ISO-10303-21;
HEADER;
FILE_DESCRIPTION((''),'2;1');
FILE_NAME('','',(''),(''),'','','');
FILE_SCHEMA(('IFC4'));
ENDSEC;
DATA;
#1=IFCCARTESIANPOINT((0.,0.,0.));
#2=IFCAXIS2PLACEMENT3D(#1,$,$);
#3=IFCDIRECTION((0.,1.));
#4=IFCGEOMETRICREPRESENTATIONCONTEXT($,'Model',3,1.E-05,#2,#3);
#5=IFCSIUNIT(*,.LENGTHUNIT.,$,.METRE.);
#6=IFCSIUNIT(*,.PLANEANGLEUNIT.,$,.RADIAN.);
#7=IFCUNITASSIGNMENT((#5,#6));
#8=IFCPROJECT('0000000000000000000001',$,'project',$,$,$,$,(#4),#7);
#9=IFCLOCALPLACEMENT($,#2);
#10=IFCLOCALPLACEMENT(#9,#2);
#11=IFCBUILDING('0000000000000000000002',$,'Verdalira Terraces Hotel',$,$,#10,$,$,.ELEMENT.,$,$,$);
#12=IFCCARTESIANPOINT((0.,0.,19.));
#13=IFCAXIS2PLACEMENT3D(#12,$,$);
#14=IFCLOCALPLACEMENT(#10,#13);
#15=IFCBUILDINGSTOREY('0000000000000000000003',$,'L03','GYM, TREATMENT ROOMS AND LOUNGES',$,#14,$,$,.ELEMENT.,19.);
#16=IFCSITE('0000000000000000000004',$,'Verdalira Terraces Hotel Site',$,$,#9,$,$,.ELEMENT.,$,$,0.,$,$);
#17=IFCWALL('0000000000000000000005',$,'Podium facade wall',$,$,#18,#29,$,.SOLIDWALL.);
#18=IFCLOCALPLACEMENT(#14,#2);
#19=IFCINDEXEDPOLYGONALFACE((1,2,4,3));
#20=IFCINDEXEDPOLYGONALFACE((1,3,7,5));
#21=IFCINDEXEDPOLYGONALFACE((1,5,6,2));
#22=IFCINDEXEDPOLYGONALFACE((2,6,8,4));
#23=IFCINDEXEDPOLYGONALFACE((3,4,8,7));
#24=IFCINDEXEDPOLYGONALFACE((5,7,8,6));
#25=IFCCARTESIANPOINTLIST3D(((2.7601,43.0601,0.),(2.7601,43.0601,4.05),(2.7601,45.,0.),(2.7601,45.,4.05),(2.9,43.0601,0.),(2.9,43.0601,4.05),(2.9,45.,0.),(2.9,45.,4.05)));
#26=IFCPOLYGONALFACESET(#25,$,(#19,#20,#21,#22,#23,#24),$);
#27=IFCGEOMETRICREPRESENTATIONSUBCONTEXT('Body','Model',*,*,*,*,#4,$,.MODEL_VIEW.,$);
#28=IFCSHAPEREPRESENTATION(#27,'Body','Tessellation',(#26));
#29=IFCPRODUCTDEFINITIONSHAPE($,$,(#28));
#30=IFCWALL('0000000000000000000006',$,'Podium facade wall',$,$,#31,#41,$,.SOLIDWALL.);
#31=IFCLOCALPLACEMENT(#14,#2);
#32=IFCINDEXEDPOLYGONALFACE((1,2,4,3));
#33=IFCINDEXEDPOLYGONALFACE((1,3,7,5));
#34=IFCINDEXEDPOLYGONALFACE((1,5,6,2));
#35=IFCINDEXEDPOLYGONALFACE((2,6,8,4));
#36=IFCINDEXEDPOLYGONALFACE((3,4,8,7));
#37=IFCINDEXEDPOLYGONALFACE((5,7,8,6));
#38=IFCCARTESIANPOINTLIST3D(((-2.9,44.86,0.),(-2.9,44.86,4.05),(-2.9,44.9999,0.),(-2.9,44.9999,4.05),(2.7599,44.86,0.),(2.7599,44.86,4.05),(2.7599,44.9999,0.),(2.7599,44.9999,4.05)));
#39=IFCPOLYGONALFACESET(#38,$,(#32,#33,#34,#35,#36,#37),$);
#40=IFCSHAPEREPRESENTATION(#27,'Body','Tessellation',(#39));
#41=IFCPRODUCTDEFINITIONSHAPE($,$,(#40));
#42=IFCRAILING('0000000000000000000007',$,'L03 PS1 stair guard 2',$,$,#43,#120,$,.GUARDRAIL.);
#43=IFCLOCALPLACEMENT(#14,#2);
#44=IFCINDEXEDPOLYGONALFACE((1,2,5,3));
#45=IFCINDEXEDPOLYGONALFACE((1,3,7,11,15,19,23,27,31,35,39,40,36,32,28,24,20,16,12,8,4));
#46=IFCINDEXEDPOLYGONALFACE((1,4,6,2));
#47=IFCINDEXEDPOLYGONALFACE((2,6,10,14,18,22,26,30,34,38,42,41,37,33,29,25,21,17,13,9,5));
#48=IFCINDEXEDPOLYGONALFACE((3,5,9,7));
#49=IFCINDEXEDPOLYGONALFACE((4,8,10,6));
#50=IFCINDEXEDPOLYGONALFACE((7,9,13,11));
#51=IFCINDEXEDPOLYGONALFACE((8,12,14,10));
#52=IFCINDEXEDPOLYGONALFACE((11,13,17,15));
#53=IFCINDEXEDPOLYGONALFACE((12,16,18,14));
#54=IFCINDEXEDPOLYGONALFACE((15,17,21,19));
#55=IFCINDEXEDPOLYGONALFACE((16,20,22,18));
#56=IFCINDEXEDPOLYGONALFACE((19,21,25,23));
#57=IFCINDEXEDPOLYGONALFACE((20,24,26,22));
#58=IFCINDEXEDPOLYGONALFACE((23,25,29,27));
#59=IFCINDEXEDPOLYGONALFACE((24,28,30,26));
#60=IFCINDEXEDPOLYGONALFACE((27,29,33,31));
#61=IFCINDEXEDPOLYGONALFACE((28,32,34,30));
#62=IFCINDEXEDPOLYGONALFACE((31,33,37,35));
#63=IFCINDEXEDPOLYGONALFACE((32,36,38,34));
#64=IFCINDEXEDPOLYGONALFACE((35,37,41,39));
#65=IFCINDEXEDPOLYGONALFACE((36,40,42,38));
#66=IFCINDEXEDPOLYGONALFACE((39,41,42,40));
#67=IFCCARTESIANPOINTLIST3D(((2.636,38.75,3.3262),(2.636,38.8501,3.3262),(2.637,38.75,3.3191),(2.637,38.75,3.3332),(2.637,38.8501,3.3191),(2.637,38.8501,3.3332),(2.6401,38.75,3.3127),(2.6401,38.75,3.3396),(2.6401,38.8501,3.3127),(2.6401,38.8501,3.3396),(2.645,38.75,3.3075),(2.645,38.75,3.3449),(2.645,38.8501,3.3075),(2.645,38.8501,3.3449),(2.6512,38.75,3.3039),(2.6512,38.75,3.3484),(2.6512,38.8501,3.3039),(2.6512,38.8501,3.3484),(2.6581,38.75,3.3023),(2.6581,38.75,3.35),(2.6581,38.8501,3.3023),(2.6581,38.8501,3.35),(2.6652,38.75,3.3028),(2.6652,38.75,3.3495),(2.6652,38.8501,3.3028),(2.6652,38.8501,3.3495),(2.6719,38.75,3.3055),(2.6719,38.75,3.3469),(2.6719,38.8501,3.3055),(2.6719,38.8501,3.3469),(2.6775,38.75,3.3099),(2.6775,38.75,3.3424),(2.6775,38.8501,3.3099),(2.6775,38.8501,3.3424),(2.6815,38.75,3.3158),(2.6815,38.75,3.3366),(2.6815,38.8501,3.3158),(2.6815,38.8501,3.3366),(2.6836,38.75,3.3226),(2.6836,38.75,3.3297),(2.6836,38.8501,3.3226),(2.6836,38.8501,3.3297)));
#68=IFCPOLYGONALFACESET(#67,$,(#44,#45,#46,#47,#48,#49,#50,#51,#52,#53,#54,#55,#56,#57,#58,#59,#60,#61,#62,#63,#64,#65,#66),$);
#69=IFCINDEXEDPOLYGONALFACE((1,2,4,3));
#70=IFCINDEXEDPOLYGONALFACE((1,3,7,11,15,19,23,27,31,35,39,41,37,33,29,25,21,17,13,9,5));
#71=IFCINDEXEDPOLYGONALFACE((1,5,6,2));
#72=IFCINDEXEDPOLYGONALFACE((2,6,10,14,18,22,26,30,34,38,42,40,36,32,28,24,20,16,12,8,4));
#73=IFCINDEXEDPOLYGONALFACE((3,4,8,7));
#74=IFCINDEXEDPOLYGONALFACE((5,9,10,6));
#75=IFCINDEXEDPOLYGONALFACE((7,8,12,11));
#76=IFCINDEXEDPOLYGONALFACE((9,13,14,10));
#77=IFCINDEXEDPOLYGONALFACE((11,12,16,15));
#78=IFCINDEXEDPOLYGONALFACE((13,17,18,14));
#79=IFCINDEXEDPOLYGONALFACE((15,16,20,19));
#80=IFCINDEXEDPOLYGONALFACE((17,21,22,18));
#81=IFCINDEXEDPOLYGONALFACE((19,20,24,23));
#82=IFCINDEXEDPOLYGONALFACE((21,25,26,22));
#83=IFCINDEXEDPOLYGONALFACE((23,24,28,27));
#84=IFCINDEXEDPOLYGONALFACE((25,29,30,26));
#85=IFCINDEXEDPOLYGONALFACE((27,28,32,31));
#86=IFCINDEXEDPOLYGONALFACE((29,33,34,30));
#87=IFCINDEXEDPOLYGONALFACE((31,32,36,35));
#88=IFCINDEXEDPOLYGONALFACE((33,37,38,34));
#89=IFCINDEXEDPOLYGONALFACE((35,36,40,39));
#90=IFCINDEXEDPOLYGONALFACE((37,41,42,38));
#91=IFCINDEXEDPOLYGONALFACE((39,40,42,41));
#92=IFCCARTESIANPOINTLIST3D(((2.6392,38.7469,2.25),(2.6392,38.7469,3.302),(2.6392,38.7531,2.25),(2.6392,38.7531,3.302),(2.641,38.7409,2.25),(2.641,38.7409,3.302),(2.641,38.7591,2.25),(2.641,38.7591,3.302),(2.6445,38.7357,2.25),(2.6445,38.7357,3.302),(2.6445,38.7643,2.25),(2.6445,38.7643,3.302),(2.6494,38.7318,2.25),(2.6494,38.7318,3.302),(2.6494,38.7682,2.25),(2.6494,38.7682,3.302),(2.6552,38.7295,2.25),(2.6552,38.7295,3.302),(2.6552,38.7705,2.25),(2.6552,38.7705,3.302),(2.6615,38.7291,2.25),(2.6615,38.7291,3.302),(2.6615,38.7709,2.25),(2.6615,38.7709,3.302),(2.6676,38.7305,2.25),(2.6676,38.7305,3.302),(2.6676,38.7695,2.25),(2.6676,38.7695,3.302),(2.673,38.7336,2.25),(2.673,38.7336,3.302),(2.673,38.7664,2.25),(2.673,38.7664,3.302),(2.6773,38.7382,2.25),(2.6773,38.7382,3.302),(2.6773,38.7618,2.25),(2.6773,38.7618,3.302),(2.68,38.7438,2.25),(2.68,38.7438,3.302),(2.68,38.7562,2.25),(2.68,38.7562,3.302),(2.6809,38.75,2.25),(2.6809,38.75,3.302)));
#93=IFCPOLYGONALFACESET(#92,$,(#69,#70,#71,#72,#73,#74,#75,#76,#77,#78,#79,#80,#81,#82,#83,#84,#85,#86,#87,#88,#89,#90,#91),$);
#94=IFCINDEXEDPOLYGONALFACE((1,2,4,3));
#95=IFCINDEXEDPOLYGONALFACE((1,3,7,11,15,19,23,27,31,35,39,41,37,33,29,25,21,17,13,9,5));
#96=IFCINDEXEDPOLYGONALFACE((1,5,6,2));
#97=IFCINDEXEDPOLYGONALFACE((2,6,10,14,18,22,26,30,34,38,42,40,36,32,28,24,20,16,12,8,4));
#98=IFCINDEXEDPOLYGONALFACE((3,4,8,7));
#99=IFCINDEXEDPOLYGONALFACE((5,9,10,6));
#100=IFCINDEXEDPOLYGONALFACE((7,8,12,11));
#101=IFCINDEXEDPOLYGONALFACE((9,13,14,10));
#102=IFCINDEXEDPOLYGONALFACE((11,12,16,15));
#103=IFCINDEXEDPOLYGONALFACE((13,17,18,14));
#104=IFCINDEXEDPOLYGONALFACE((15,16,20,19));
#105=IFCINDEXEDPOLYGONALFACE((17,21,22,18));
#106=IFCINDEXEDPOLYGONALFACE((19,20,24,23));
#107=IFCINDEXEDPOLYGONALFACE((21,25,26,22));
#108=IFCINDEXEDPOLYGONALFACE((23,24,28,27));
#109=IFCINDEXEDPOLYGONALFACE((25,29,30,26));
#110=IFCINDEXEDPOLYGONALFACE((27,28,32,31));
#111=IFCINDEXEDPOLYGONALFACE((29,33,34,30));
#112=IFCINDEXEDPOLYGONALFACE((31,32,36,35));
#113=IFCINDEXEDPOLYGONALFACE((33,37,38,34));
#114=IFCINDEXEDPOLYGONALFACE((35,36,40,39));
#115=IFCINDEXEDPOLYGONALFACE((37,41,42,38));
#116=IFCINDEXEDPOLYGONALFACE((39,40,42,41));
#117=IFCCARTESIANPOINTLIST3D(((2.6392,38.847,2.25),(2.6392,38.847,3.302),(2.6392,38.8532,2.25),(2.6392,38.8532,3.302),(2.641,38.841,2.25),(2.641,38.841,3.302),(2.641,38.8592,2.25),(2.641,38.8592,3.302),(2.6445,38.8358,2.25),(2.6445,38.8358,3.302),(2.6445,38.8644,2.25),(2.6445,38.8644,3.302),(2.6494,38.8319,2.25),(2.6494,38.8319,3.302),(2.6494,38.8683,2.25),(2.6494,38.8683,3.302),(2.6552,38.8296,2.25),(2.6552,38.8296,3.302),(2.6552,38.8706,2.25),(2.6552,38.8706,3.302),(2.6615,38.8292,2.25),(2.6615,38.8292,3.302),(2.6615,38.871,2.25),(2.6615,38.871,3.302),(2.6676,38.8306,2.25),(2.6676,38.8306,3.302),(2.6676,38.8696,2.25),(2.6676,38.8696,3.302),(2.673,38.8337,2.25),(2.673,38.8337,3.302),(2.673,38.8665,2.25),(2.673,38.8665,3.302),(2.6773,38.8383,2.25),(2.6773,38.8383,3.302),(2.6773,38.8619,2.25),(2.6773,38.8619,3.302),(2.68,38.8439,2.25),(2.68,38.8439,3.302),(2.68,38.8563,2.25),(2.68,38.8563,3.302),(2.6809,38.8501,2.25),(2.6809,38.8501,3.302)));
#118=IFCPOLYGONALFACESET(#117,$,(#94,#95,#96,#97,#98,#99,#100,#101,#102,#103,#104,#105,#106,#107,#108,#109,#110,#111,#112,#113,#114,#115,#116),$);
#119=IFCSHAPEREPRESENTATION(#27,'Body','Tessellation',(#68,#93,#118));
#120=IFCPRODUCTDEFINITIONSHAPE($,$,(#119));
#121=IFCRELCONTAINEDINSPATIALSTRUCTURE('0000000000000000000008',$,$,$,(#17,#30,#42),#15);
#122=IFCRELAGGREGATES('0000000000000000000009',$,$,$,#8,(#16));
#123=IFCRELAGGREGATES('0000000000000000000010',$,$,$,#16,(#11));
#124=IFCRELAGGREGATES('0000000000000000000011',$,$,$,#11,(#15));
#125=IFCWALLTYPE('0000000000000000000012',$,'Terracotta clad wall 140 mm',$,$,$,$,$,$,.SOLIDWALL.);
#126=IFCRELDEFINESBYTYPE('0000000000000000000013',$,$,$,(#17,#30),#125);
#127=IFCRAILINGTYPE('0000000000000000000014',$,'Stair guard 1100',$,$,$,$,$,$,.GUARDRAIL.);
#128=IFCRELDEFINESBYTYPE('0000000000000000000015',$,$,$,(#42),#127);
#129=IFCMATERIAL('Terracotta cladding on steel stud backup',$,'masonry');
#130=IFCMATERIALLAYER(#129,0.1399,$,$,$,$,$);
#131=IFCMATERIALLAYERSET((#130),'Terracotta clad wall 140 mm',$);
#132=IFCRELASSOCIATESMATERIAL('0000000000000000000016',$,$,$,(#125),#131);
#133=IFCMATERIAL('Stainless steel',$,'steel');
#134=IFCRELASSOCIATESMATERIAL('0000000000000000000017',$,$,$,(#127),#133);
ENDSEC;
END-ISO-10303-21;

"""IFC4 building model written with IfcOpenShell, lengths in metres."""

from ifc_helpers import new_model, si_unit, direction, frame, frame_2d, origin, origin_2d, place, context, subcontext, project, spatial, rectangle, circle, extrude, material, layer, layer_set, type_object, element, save


model = new_model("IFC4")

# Units and contexts
model_context = context("Model", 3, precision=1e-05, world=origin(), true_north=direction((0.0, 1.0)))
body_context = subcontext(model_context, "Body", "Model", "MODEL_VIEW")
ifc_project = project(units=[si_unit("LENGTHUNIT", "METRE"), si_unit("PLANEANGLEUNIT", "RADIAN")], contexts=[model_context])

# Site, building, storey
site_placement = place(None, origin())
site = spatial("IfcSite", under=ifc_project, at=site_placement, Name="Verdalira Terraces Hotel Site", CompositionType="ELEMENT", RefElevation=0.0)
building_placement = place(site_placement, origin())
building = spatial("IfcBuilding", under=site, at=building_placement, Name="Verdalira Terraces Hotel", CompositionType="ELEMENT")
storey_placement = place(building_placement, frame((0.0, 0.0, 19.0)))
storey = spatial("IfcBuildingStorey", under=building, at=storey_placement, Name="L03", Description="GYM, TREATMENT ROOMS AND LOUNGES", CompositionType="ELEMENT", Elevation=19.0)

# Walls
ifc_material_1 = material(Name="Terracotta cladding on steel stud backup", Category="masonry")
ifc_layer_1 = layer(ifc_material_1, 0.1399)
ifc_layer_set_1 = layer_set([ifc_layer_1], Name="Terracotta clad wall 140 mm")
wall_type_1 = type_object("IfcWallType", Name="Terracotta clad wall 140 mm", PredefinedType="SOLIDWALL", material=ifc_layer_set_1)
wall_1_placement = place(storey_placement, frame((2.8301, 43.0601, 0.0), z_axis=(0.0, 0.0, 1.0), x_axis=(0.0, 1.0, 0.0)))
element("IfcWall", 1, at=wall_1_placement, inside=storey, type_object=wall_type_1, Name="Podium facade wall", PredefinedType="SOLIDWALL", context=body_context, shape_type="SweptSolid", body=[
    extrude(rectangle(XDim=1.9399, YDim=0.1399, at=frame_2d((0.97, 0.0))), origin(), (0.0, 0.0, 1.0), 4.05),
])
wall_2_placement = place(storey_placement, frame((2.76, 44.9299, 0.0), z_axis=(0.0, 0.0, 1.0), x_axis=(-1.0, 0.0, 0.0)))
element("IfcWall", 2, at=wall_2_placement, inside=storey, type_object=wall_type_1, Name="Podium facade wall", PredefinedType="SOLIDWALL", context=body_context, shape_type="SweptSolid", body=[
    extrude(rectangle(XDim=5.6599, YDim=0.1399, at=frame_2d((2.8301, 0.0))), origin(), (0.0, 0.0, 1.0), 4.05),
])

# Railing
ifc_material_2 = material(Name="Stainless steel", Category="steel")
railing_type_1 = type_object("IfcRailingType", Name="Stair guard 1100", PredefinedType="GUARDRAIL", material=ifc_material_2)
railing_1_placement = place(storey_placement, frame((2.6599, 38.75, 2.25)))
element("IfcRailing", 3, at=railing_1_placement, inside=storey, type_object=railing_type_1, Name="L03 PS1 stair guard 2", PredefinedType="GUARDRAIL", context=body_context, shape_type="SweptSolid", body=[
    extrude(circle(Radius=0.0239, at=origin_2d()), frame((0.0, 0.0, 1.0762), z_axis=(0.0, 1.0, 0.0), x_axis=(-1.0, 0.0, 0.0)), (0.0, 0.0, 1.0), 0.1001),
    extrude(circle(Radius=0.021, at=origin_2d()), origin(), (0.0, 0.0, 1.0), 1.052),
    extrude(circle(Radius=0.021, at=origin_2d()), frame((0.0, 0.1001, 0.0)), (0.0, 0.0, 1.0), 1.052),
])

save(model, "model.ifc")
